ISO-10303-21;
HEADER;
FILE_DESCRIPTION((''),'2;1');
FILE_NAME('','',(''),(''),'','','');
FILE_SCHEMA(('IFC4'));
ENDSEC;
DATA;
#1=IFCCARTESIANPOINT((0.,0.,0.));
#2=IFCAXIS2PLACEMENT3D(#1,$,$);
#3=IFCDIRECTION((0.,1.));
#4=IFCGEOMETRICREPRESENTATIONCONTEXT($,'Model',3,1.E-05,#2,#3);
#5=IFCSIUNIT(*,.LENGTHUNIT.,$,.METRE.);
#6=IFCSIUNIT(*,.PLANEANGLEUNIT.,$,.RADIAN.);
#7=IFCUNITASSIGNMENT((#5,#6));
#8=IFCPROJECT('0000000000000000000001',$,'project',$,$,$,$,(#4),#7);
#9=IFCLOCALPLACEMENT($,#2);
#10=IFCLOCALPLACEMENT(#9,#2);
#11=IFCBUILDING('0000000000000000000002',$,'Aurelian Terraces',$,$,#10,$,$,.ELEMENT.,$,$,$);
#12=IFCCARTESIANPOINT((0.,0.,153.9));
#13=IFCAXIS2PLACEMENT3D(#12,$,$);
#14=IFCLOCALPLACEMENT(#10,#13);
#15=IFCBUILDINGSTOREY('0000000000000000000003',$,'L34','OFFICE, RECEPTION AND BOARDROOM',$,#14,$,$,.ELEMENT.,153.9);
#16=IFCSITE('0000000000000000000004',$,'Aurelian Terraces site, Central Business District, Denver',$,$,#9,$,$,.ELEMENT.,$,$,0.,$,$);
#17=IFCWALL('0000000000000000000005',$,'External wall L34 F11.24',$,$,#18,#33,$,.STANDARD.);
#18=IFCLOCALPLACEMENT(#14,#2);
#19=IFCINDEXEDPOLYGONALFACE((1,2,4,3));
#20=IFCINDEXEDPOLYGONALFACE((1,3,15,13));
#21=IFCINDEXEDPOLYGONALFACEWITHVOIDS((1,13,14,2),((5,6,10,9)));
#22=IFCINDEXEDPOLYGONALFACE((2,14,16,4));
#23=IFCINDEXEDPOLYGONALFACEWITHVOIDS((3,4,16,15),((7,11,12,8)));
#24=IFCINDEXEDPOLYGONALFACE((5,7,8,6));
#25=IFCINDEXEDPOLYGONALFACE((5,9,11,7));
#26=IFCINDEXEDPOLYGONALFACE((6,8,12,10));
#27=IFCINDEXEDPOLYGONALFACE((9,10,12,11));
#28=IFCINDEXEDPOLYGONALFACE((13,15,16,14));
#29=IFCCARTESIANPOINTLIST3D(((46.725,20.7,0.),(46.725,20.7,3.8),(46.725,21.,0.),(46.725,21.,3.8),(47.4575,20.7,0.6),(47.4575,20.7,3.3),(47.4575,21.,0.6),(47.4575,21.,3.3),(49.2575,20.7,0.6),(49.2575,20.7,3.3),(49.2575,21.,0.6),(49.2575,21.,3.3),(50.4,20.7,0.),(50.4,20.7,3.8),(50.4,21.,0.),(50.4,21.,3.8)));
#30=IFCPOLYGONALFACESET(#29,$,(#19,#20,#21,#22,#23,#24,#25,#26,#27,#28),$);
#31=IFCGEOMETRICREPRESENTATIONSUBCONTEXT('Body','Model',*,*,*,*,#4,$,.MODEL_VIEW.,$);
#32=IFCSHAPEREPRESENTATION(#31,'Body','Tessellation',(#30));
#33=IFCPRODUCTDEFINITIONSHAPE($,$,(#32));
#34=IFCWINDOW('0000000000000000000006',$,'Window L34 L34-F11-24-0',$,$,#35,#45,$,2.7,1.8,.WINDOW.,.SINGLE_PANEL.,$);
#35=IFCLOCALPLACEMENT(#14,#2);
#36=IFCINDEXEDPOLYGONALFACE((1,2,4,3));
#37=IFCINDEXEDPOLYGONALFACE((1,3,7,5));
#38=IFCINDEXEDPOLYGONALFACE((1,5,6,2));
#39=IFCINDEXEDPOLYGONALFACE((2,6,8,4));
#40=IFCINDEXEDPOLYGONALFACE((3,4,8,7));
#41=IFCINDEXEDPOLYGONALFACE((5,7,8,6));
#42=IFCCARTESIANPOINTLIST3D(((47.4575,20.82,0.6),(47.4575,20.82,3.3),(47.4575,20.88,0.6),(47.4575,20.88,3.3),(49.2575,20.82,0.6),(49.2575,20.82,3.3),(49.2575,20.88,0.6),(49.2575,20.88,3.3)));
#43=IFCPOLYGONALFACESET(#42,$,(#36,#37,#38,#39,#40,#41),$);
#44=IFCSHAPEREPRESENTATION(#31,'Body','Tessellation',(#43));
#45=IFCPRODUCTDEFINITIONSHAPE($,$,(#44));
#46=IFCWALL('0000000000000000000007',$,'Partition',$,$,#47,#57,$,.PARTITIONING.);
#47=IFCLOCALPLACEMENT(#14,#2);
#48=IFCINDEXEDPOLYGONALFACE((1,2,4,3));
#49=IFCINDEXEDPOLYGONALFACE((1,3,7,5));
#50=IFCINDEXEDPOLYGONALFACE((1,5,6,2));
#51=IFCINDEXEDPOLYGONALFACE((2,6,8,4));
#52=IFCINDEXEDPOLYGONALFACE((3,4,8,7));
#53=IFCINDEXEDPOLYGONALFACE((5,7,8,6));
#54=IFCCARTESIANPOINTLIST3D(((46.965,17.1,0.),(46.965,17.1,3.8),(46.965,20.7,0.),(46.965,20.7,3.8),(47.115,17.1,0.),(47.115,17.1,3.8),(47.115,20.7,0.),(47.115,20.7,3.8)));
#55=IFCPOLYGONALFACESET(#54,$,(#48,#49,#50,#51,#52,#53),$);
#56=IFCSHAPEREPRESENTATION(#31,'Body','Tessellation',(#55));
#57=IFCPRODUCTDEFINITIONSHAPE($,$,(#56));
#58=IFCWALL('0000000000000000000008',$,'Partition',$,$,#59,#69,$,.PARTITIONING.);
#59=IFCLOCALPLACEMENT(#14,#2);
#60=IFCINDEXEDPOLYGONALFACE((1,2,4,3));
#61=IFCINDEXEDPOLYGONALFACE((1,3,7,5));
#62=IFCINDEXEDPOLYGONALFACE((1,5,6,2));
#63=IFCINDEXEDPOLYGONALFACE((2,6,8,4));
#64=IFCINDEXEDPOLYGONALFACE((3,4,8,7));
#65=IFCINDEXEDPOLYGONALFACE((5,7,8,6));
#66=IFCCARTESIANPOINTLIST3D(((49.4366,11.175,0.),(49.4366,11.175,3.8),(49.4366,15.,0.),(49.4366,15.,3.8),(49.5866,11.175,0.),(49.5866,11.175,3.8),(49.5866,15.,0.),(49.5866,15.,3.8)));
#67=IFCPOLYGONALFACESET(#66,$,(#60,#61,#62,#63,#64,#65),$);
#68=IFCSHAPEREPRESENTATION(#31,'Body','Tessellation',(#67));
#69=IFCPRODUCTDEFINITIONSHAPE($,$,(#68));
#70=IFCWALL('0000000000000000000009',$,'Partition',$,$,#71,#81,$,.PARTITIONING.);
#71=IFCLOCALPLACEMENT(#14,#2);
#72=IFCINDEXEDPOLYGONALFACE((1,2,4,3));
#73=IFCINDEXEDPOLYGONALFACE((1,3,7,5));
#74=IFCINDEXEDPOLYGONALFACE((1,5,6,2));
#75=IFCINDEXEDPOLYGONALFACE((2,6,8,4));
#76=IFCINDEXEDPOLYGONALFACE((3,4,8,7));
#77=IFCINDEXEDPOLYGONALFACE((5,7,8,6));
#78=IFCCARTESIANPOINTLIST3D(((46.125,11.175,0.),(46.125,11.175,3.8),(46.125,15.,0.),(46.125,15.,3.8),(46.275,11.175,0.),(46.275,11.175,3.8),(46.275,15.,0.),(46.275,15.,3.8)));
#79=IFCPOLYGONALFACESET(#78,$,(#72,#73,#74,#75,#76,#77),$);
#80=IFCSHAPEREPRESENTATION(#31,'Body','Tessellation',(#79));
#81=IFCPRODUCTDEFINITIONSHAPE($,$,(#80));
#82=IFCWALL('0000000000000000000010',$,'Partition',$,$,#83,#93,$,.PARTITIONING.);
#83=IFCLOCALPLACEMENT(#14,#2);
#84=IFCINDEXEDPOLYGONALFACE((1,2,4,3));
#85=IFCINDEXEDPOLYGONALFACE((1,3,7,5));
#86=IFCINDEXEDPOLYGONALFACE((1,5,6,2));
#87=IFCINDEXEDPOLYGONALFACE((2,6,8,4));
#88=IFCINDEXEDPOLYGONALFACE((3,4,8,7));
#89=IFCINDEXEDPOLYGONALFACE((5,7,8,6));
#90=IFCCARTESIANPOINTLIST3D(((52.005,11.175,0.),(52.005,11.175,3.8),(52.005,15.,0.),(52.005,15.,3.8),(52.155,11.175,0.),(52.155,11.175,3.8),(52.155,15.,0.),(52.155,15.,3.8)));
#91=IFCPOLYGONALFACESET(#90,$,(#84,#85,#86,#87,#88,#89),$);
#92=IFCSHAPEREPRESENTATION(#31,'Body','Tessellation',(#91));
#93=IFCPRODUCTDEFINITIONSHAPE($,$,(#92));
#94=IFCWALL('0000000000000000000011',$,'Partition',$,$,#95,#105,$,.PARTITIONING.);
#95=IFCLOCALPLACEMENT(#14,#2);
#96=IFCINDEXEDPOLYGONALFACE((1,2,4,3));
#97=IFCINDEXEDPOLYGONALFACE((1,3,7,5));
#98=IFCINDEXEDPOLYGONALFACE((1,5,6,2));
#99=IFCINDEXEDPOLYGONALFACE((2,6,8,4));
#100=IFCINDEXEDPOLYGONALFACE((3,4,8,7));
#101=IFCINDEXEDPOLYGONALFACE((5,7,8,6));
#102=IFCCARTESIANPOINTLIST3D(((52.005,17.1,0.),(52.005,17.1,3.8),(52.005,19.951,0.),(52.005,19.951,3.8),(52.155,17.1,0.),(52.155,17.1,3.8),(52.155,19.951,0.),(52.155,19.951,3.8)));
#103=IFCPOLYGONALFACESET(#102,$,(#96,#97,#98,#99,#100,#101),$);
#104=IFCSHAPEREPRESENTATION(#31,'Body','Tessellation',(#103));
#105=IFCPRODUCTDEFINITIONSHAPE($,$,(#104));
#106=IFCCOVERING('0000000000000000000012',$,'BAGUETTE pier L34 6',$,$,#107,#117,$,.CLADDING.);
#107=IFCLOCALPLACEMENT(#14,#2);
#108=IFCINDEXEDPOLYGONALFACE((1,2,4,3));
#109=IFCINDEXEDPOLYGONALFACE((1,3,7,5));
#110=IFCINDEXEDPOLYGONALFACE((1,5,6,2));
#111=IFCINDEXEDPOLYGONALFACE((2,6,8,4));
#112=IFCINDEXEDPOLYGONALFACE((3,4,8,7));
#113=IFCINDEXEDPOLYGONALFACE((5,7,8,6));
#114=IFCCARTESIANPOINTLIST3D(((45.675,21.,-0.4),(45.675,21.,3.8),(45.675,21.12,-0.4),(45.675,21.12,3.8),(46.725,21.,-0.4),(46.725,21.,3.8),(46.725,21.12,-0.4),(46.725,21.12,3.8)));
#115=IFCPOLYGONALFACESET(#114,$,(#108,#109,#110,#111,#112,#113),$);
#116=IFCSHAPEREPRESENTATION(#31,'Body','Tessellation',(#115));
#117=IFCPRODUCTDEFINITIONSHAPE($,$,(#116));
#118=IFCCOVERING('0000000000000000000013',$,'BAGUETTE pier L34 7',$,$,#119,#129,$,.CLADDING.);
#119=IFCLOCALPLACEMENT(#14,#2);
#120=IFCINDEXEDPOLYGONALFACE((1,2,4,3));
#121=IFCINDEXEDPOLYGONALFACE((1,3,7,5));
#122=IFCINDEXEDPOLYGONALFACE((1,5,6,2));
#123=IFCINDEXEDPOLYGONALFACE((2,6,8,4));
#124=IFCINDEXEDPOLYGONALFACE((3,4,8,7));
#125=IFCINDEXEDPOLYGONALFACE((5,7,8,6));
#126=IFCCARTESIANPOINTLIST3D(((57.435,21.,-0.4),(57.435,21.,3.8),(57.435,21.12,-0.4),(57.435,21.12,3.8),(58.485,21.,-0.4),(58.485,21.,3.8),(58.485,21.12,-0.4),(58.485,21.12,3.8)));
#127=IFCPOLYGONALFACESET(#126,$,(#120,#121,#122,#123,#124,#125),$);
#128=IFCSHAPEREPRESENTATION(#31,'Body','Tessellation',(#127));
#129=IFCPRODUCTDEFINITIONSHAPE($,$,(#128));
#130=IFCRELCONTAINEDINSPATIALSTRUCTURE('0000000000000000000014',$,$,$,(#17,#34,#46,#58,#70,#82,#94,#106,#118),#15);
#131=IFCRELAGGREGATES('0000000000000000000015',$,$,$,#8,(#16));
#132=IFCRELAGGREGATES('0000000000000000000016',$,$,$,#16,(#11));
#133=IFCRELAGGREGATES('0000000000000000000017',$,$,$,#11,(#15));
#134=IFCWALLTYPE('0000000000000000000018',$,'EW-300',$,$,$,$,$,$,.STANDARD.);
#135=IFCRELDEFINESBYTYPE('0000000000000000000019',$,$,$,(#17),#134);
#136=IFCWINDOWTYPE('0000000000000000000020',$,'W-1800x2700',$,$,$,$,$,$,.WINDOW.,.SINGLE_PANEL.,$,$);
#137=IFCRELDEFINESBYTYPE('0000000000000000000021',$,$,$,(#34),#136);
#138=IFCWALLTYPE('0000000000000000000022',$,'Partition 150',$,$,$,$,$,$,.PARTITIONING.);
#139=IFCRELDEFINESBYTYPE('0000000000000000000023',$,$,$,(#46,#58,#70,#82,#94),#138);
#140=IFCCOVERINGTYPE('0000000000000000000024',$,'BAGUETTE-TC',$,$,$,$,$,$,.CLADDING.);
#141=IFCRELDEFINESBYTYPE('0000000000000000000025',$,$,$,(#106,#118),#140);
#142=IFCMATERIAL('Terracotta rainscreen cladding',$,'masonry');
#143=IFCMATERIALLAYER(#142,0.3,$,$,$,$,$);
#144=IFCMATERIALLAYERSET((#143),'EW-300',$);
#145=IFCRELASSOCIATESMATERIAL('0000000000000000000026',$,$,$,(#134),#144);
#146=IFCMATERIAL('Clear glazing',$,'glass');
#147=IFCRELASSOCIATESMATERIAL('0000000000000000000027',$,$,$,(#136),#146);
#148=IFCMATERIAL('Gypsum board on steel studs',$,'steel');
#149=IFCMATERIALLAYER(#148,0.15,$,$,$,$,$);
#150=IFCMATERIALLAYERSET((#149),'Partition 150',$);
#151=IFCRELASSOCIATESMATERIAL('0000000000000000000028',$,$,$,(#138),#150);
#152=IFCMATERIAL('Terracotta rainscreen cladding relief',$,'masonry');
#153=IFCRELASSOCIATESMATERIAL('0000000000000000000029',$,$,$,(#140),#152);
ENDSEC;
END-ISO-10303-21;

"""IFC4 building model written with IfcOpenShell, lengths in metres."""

from ifc_helpers import new_model, si_unit, direction, frame, frame_2d, origin, origin_2d, place, context, subcontext, project, spatial, rectangle, extrude, source, transform, mapped, material, layer, layer_set, type_object, element, fill, save


model = new_model("IFC4")

# Units and contexts
model_context = context("Model", 3, precision=1e-05, world=origin(), true_north=direction((0.0, 1.0)))
body_context = subcontext(model_context, "Body", "Model", "MODEL_VIEW")
ifc_project = project(units=[si_unit("LENGTHUNIT", "METRE"), si_unit("PLANEANGLEUNIT", "RADIAN")], contexts=[model_context])

# Site, building, storey
site_placement = place(None, origin())
site = spatial("IfcSite", under=ifc_project, at=site_placement, Name="Aurelian Terraces site, Central Business District, Denver", CompositionType="ELEMENT", RefElevation=0.0)
building_placement = place(site_placement, origin())
building = spatial("IfcBuilding", under=site, at=building_placement, Name="Aurelian Terraces", CompositionType="ELEMENT")
storey_placement = place(building_placement, frame((0.0, 0.0, 153.9)))
storey = spatial("IfcBuildingStorey", under=building, at=storey_placement, Name="L34", Description="OFFICE, RECEPTION AND BOARDROOM", CompositionType="ELEMENT", Elevation=153.9)

# Shared definitions
ifc_material_1 = material(Name="Terracotta rainscreen cladding", Category="masonry")
ifc_layer_1 = layer(ifc_material_1, 0.3)
ifc_layer_set_1 = layer_set([ifc_layer_1], Name="EW-300")
wall_type_1 = type_object("IfcWallType", Name="EW-300", PredefinedType="STANDARD", material=ifc_layer_set_1)

# Shared definitions
ifc_material_2 = material(Name="Clear glazing", Category="glass")

# Wall, opening, window
shared_shape_1 = source(origin(), body_context, "Body", "SweptSolid", [
    extrude(rectangle(XDim=3.675, YDim=0.3, at=frame_2d((1.8375, 0.0))), origin(), (0.0, 0.0, 1.0), 3.8),
])
wall_1_placement = place(storey_placement, frame((50.4, 20.85, 0.0), z_axis=(0.0, 0.0, 1.0), x_axis=(-1.0, 0.0, 0.0)))
wall_1 = element("IfcWall", 1, at=wall_1_placement, inside=storey, type_object=wall_type_1, Name="External wall L34 F11.24", PredefinedType="STANDARD", context=body_context, shape_type="MappedRepresentation", body=[
    mapped(shared_shape_1, transform((0.0, 0.0, 0.0), scale=1.0)),
])
shared_shape_2 = source(origin(), body_context, "Body", "SweptSolid", [
    extrude(rectangle(XDim=1.8, YDim=2.7, at=frame_2d((0.9, 1.35))), frame((0.0, 0.16, 0.0), z_axis=(0.0, -1.0, 0.0), x_axis=(1.0, 0.0, 0.0)), (0.0, 0.0, 1.0), 0.32),
])
opening_1_placement = place(wall_1_placement, frame((1.1425, 0.0, 0.6)))
opening_1 = element("IfcOpeningElement", 2, at=opening_1_placement, cuts=wall_1, PredefinedType="OPENING", context=body_context, shape_type="MappedRepresentation", body=[
    mapped(shared_shape_2, transform((0.0, 0.0, 0.0), scale=1.0)),
])
window_type_1 = type_object("IfcWindowType", Name="W-1800x2700", PartitioningType="SINGLE_PANEL", PredefinedType="WINDOW", material=ifc_material_2)
shared_shape_3 = source(origin(), body_context, "Body", "SweptSolid", [
    extrude(rectangle(XDim=1.8, YDim=2.7, at=frame_2d((0.9, 1.35))), frame((0.0, 0.03, 0.0), z_axis=(0.0, -1.0, 0.0), x_axis=(1.0, 0.0, 0.0)), (0.0, 0.0, 1.0), 0.06),
])
window_1_placement = place(opening_1_placement, origin())
window_1 = element("IfcWindow", 3, at=window_1_placement, inside=storey, type_object=window_type_1, Name="Window L34 L34-F11-24-0", OverallHeight=2.7, OverallWidth=1.8, PartitioningType="SINGLE_PANEL", PredefinedType="WINDOW", context=body_context, shape_type="MappedRepresentation", body=[
    mapped(shared_shape_3, transform((0.0, 0.0, 0.0), scale=1.0)),
])
fill(opening_1, window_1)

# Walls
ifc_material_3 = material(Name="Gypsum board on steel studs", Category="steel")
ifc_layer_2 = layer(ifc_material_3, 0.15)
ifc_layer_set_2 = layer_set([ifc_layer_2], Name="Partition 150")
wall_type_2 = type_object("IfcWallType", Name="Partition 150", PredefinedType="PARTITIONING", material=ifc_layer_set_2)
shared_shape_4 = source(origin(), body_context, "Body", "SweptSolid", [
    extrude(rectangle(XDim=3.6, YDim=0.15, at=frame_2d((1.8, 0.0))), origin(), (0.0, 0.0, 1.0), 3.8),
])
wall_2_placement = place(storey_placement, frame((47.04, 20.7, 0.0), z_axis=(0.0, 0.0, 1.0), x_axis=(0.0, -1.0, 0.0)))
element("IfcWall", 4, at=wall_2_placement, inside=storey, type_object=wall_type_2, Name="Partition", PredefinedType="PARTITIONING", context=body_context, shape_type="MappedRepresentation", body=[
    mapped(shared_shape_4, transform((0.0, 0.0, 0.0), scale=1.0)),
])
shared_shape_5 = source(origin(), body_context, "Body", "SweptSolid", [
    extrude(rectangle(XDim=3.825, YDim=0.15, at=frame_2d((1.9125, 0.0))), origin(), (0.0, 0.0, 1.0), 3.8),
])
for number, where, z_axis, x_axis, name in (
    (5, (49.5116, 11.175, 0.0), (0.0, 0.0, 1.0), (0.0, 1.0, 0.0), "Partition"),
    (6, (46.2, 11.175, 0.0), (0.0, 0.0, 1.0), (0.0, 1.0, 0.0), "Partition"),
    (7, (52.08, 11.175, 0.0), (0.0, 0.0, 1.0), (0.0, 1.0, 0.0), "Partition"),
):
    element("IfcWall", number, at=place(storey_placement, frame(where, z_axis=z_axis, x_axis=x_axis)), inside=storey, type_object=wall_type_2, Name=name, PredefinedType="PARTITIONING", context=body_context, shape_type="MappedRepresentation", body=[
        mapped(shared_shape_5, transform((0.0, 0.0, 0.0), scale=1.0)),
    ])
shared_shape_6 = source(origin(), body_context, "Body", "SweptSolid", [
    extrude(rectangle(XDim=2.851, YDim=0.15, at=frame_2d((1.4255, 0.0))), origin(), (0.0, 0.0, 1.0), 3.8),
])
wall_3_placement = place(storey_placement, frame((52.08, 17.1, 0.0), z_axis=(0.0, 0.0, 1.0), x_axis=(0.0, 1.0, 0.0)))
element("IfcWall", 8, at=wall_3_placement, inside=storey, type_object=wall_type_2, Name="Partition", PredefinedType="PARTITIONING", context=body_context, shape_type="MappedRepresentation", body=[
    mapped(shared_shape_6, transform((0.0, 0.0, 0.0), scale=1.0)),
])

# Coverings
ifc_material_4 = material(Name="Terracotta rainscreen cladding relief", Category="masonry")
covering_type = type_object("IfcCoveringType", Name="BAGUETTE-TC", PredefinedType="CLADDING", material=ifc_material_4)
shared_shape_7 = source(origin(), body_context, "Body", "SweptSolid", [
    extrude(rectangle(XDim=1.05, YDim=0.12, at=origin_2d()), origin(), (0.0, 0.0, 1.0), 4.2),
])
for number, where, z_axis, x_axis, name in (
    (9, (46.2, 21.06, -0.4), (0.0, 0.0, 1.0), (1.0, 0.0, 0.0), "BAGUETTE pier L34 6"),
    (10, (57.96, 21.06, -0.4), (0.0, 0.0, 1.0), (1.0, 0.0, 0.0), "BAGUETTE pier L34 7"),
):
    element("IfcCovering", number, at=place(storey_placement, frame(where, z_axis=z_axis, x_axis=x_axis)), inside=storey, type_object=covering_type, Name=name, PredefinedType="CLADDING", context=body_context, shape_type="MappedRepresentation", body=[
        mapped(shared_shape_7, transform((0.0, 0.0, 0.0), scale=1.0)),
    ])

save(model, "model.ifc")
